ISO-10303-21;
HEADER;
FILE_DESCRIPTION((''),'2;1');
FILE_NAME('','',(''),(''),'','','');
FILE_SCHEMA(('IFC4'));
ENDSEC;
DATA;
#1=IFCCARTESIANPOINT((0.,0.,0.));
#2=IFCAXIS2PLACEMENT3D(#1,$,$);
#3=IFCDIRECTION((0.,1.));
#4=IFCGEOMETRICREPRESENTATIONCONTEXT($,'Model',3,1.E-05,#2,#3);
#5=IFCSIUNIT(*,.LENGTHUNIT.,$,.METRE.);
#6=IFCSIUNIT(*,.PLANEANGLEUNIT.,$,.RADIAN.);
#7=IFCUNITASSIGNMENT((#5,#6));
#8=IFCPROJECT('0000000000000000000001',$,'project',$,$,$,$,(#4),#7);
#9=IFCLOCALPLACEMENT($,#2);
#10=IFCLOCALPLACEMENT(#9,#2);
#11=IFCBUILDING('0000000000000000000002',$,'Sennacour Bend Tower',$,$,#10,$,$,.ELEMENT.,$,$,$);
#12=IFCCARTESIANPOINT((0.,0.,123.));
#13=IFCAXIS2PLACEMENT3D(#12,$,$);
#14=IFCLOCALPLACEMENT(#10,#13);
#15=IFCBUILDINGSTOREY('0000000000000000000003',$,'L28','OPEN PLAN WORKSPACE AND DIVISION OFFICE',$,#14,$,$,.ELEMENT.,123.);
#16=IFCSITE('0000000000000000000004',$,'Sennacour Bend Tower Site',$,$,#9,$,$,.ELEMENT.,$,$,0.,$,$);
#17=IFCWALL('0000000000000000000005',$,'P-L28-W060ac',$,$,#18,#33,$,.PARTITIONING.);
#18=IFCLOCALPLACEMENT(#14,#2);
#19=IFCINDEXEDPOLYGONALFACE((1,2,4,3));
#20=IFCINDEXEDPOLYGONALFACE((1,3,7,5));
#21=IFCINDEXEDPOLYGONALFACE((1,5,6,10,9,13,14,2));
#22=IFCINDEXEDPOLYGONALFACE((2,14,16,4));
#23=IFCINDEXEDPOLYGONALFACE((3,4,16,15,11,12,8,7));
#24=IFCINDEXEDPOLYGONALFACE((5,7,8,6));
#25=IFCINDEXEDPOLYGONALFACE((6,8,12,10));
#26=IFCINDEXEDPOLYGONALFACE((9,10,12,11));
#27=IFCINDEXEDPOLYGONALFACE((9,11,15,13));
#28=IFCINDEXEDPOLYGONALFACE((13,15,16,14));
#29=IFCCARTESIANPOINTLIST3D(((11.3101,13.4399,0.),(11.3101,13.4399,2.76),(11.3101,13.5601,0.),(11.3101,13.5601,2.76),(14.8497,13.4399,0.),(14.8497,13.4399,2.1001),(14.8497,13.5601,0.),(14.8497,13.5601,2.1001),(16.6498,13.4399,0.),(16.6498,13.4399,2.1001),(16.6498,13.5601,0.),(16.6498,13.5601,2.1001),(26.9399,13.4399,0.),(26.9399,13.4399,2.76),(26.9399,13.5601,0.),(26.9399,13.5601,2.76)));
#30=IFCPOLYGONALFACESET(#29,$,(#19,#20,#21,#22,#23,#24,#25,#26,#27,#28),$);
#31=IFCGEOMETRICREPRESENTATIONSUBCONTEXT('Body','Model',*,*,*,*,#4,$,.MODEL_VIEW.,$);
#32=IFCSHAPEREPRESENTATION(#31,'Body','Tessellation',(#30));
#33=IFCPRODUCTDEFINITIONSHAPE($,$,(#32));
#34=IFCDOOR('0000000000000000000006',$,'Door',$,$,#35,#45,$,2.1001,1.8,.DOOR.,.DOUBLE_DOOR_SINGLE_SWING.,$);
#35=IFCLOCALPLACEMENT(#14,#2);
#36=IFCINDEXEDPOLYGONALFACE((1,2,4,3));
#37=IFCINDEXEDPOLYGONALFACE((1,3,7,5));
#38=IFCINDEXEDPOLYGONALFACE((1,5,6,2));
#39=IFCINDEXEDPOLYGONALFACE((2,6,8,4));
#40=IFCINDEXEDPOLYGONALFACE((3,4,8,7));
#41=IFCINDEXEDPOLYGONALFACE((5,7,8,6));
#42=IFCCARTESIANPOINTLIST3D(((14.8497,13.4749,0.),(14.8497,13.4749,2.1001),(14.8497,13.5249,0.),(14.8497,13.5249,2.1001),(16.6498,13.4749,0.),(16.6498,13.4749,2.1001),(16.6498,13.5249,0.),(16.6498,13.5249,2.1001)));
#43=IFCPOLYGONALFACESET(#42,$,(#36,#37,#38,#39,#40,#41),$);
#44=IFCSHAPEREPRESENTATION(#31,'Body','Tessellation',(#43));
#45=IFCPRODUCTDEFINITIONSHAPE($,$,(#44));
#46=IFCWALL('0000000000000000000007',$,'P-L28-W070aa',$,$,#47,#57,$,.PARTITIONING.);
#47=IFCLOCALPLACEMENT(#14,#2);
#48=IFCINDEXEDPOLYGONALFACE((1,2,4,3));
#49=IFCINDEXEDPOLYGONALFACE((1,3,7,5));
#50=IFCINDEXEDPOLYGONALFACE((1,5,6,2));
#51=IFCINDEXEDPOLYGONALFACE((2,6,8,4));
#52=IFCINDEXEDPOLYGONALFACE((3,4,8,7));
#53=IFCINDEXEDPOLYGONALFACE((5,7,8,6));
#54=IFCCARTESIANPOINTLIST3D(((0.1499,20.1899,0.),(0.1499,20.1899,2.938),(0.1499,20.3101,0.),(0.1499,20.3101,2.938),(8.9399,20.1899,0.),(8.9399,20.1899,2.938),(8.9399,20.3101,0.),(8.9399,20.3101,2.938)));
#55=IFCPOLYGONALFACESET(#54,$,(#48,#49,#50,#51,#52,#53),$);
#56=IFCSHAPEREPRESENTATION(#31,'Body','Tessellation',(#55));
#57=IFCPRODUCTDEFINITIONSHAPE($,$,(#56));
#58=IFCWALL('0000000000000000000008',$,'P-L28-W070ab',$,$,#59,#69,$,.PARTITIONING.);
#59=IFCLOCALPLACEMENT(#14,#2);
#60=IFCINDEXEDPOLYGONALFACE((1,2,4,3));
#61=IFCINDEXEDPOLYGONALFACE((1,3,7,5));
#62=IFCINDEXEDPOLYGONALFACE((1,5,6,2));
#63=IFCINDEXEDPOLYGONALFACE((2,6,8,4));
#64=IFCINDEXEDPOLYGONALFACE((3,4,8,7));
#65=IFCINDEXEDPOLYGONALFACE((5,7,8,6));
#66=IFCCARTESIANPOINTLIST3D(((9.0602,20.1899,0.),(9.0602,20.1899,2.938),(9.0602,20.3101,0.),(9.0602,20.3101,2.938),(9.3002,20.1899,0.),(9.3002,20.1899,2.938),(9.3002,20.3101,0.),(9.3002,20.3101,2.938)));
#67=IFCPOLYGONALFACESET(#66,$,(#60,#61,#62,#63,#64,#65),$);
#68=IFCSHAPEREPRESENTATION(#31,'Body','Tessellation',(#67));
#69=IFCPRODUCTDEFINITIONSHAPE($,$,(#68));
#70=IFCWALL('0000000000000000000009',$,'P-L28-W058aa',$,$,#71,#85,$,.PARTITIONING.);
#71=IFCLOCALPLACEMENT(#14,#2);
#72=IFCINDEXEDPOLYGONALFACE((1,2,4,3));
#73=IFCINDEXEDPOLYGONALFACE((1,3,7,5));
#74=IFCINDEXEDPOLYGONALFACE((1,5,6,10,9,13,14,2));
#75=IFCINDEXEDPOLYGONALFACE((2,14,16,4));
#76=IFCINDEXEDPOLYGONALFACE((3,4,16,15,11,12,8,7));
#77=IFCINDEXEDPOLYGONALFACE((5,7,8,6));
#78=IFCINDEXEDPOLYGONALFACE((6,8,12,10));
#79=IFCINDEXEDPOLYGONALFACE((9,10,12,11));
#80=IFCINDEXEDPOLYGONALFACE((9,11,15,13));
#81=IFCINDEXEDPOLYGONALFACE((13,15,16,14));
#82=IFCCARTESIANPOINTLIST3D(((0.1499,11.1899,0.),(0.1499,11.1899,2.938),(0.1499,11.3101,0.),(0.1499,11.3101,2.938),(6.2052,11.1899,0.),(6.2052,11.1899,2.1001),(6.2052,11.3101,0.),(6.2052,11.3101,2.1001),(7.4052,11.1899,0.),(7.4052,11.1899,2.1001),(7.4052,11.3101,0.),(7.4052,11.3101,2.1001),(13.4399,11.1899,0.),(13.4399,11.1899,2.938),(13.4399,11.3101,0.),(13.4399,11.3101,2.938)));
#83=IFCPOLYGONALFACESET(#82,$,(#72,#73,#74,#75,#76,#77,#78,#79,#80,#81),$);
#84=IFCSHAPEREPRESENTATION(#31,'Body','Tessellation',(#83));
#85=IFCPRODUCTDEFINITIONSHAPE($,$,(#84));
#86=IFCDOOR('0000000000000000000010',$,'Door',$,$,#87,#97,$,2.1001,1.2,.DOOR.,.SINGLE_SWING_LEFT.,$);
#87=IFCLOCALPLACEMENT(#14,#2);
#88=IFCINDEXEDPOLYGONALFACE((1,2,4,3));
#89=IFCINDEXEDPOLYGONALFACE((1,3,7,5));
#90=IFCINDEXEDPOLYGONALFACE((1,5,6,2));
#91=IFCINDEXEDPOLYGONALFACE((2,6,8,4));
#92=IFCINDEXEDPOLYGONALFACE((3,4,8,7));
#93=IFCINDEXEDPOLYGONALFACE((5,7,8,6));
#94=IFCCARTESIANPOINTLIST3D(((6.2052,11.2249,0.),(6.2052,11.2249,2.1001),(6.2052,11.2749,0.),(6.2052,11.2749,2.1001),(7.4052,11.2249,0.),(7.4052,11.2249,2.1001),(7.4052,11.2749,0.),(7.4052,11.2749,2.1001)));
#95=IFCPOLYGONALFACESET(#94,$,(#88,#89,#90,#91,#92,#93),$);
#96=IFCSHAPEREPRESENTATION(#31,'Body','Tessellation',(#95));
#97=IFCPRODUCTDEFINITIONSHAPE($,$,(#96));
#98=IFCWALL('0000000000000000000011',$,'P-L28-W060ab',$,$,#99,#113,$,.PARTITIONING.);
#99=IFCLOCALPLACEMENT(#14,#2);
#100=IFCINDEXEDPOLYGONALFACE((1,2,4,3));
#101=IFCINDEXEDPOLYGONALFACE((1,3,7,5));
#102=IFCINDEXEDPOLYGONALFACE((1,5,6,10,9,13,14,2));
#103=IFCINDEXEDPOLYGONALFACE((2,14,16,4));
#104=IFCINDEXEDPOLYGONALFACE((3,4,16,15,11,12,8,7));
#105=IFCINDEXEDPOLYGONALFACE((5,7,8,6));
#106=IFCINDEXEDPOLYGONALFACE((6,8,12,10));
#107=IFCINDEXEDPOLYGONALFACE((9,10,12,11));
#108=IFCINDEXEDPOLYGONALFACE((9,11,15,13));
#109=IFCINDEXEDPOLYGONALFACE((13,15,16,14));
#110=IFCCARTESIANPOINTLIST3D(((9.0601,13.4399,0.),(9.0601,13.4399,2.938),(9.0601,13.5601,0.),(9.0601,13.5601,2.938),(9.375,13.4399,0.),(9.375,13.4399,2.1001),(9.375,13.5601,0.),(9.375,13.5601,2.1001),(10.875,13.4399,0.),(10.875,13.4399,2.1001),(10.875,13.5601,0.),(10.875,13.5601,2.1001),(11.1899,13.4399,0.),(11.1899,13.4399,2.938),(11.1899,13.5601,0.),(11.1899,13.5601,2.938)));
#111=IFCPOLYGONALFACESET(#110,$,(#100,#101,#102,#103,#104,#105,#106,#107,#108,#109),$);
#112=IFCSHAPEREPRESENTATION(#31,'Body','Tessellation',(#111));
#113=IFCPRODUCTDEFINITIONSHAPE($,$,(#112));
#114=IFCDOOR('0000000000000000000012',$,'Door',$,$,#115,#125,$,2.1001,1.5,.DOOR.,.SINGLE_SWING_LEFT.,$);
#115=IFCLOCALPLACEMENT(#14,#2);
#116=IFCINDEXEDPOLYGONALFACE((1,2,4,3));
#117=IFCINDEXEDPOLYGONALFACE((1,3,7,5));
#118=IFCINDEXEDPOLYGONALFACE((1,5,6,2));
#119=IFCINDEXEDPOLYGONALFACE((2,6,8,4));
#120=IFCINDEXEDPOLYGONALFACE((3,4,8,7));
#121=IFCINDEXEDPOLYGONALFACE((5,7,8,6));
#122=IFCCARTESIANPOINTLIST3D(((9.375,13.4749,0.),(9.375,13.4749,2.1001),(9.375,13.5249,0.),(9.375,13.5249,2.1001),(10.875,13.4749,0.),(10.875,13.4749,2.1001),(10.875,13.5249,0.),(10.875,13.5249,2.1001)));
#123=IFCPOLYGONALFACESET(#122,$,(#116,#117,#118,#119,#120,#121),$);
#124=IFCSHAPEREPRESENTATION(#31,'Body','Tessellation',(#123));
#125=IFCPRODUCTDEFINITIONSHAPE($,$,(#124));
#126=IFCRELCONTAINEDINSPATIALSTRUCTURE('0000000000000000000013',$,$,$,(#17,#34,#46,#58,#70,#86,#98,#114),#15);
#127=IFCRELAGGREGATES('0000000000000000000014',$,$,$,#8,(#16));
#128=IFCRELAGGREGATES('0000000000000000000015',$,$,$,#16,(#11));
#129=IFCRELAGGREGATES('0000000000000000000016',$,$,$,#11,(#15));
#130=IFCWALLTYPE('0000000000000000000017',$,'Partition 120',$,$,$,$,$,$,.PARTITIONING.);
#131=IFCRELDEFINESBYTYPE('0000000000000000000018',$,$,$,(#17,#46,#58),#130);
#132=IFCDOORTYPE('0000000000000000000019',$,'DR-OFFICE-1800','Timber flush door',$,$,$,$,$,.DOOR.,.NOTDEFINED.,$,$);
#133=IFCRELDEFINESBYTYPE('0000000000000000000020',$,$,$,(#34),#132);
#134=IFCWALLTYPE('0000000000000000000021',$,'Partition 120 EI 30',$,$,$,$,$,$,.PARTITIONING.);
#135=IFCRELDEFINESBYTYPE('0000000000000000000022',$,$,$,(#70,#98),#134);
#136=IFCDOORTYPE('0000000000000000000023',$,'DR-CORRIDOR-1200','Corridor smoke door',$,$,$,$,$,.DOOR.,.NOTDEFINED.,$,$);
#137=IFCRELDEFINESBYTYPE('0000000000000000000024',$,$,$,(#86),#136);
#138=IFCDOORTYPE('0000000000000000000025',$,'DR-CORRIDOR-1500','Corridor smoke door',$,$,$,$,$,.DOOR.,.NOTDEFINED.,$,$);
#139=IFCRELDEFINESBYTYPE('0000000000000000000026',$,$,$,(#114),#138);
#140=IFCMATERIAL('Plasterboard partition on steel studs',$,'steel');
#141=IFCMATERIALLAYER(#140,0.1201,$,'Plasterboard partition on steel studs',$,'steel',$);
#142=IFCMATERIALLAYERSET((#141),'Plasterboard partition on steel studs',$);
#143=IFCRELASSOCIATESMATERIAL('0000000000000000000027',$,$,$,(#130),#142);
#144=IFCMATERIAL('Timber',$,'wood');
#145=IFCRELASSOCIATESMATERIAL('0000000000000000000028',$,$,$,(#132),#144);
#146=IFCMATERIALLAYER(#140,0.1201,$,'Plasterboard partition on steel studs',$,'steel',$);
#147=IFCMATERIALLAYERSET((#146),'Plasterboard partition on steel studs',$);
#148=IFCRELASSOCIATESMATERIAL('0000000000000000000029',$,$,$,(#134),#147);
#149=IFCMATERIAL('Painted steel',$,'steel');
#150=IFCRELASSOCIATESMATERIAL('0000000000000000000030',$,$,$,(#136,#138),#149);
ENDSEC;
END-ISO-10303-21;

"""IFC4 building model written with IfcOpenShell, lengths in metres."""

from ifc_helpers import new_model, si_unit, direction, frame, frame_2d, origin, place, context, subcontext, project, spatial, rectangle, extrude, material, layer, layer_set, type_object, element, fill, save


model = new_model("IFC4")

# Units and contexts
model_context = context("Model", 3, precision=1e-05, world=origin(), true_north=direction((0.0, 1.0)))
body_context = subcontext(model_context, "Body", "Model", "MODEL_VIEW")
ifc_project = project(units=[si_unit("LENGTHUNIT", "METRE"), si_unit("PLANEANGLEUNIT", "RADIAN")], contexts=[model_context])

# Site, building, storey
site_placement = place(None, origin())
site = spatial("IfcSite", under=ifc_project, at=site_placement, Name="Sennacour Bend Tower Site", CompositionType="ELEMENT", RefElevation=0.0)
building_placement = place(site_placement, origin())
building = spatial("IfcBuilding", under=site, at=building_placement, Name="Sennacour Bend Tower", CompositionType="ELEMENT")
storey_placement = place(building_placement, frame((0.0, 0.0, 123.0)))
storey = spatial("IfcBuildingStorey", under=building, at=storey_placement, Name="L28", Description="OPEN PLAN WORKSPACE AND DIVISION OFFICE", CompositionType="ELEMENT", Elevation=123.0)

# Shared definitions
ifc_material_1 = material(Name="Plasterboard partition on steel studs", Category="steel")
ifc_layer_1 = layer(ifc_material_1, 0.1201, Name="Plasterboard partition on steel studs", Category="steel")
ifc_layer_set_1 = layer_set([ifc_layer_1], Name="Plasterboard partition on steel studs")
wall_type_1 = type_object("IfcWallType", Name="Partition 120", PredefinedType="PARTITIONING", material=ifc_layer_set_1)
ifc_material_2 = material(Name="Timber", Category="wood")

# Wall, opening, door
wall_1_placement = place(storey_placement, frame((11.3101, 13.5, 0.0), z_axis=(0.0, 0.0, 1.0), x_axis=(1.0, 0.0, 0.0)))
wall_1 = element("IfcWall", 1, at=wall_1_placement, inside=storey, type_object=wall_type_1, Name="P-L28-W060ac", PredefinedType="PARTITIONING", context=body_context, shape_type="SweptSolid", body=[
    extrude(rectangle(XDim=15.6299, YDim=0.1201, at=frame_2d((7.8149, 0.0))), origin(), (0.0, 0.0, 1.0), 2.76),
])
opening_1_placement = place(wall_1_placement, frame((3.5398, 0.0, 0.0)))
opening_1 = element("IfcOpeningElement", 2, at=opening_1_placement, cuts=wall_1, PredefinedType="OPENING", context=body_context, shape_type="SweptSolid", body=[
    extrude(rectangle(XDim=1.8, YDim=2.1001, at=frame_2d((0.8999, 1.05))), frame((0.0, 0.0701, 0.0), z_axis=(0.0, -1.0, 0.0), x_axis=(1.0, 0.0, 0.0)), (0.0, 0.0, 1.0), 0.1401),
])
door_type_1 = type_object("IfcDoorType", Name="DR-OFFICE-1800", Description="Timber flush door", OperationType="NOTDEFINED", PredefinedType="DOOR", material=ifc_material_2)
door_1_placement = place(opening_1_placement, origin())
door_1 = element("IfcDoor", 3, at=door_1_placement, inside=storey, type_object=door_type_1, Name="Door", OperationType="DOUBLE_DOOR_SINGLE_SWING", OverallHeight=2.1001, OverallWidth=1.8, PredefinedType="DOOR", context=body_context, shape_type="SweptSolid", body=[
    extrude(rectangle(XDim=1.8, YDim=2.1001, at=frame_2d((0.8999, 1.05))), frame((0.0, 0.0249, 0.0), z_axis=(0.0, -1.0, 0.0), x_axis=(1.0, 0.0, 0.0)), (0.0, 0.0, 1.0), 0.05),
])
fill(opening_1, door_1)

# Walls
wall_2_placement = place(storey_placement, frame((0.1499, 20.25, 0.0), z_axis=(0.0, 0.0, 1.0), x_axis=(1.0, 0.0, 0.0)))
element("IfcWall", 4, at=wall_2_placement, inside=storey, type_object=wall_type_1, Name="P-L28-W070aa", PredefinedType="PARTITIONING", context=body_context, shape_type="SweptSolid", body=[
    extrude(rectangle(XDim=8.79, YDim=0.1201, at=frame_2d((4.395, 0.0))), origin(), (0.0, 0.0, 1.0), 2.938),
])
wall_3_placement = place(storey_placement, frame((9.0601, 20.25, 0.0), z_axis=(0.0, 0.0, 1.0), x_axis=(1.0, 0.0, 0.0)))
element("IfcWall", 5, at=wall_3_placement, inside=storey, type_object=wall_type_1, Name="P-L28-W070ab", PredefinedType="PARTITIONING", context=body_context, shape_type="SweptSolid", body=[
    extrude(rectangle(XDim=0.24, YDim=0.1201, at=frame_2d((0.1201, 0.0))), origin(), (0.0, 0.0, 1.0), 2.938),
])

# Walls, openings, doors
ifc_layer_2 = layer(ifc_material_1, 0.1201, Name="Plasterboard partition on steel studs", Category="steel")
ifc_layer_set_2 = layer_set([ifc_layer_2], Name="Plasterboard partition on steel studs")
wall_type_2 = type_object("IfcWallType", Name="Partition 120 EI 30", PredefinedType="PARTITIONING", material=ifc_layer_set_2)
wall_4_placement = place(storey_placement, frame((0.1499, 11.25, 0.0), z_axis=(0.0, 0.0, 1.0), x_axis=(1.0, 0.0, 0.0)))
wall_4 = element("IfcWall", 6, at=wall_4_placement, inside=storey, type_object=wall_type_2, Name="P-L28-W058aa", PredefinedType="PARTITIONING", context=body_context, shape_type="SweptSolid", body=[
    extrude(rectangle(XDim=13.29, YDim=0.1201, at=frame_2d((6.645, 0.0))), origin(), (0.0, 0.0, 1.0), 2.938),
])
opening_2_placement = place(wall_4_placement, frame((6.0552, 0.0, 0.0)))
opening_2 = element("IfcOpeningElement", 7, at=opening_2_placement, cuts=wall_4, PredefinedType="OPENING", context=body_context, shape_type="SweptSolid", body=[
    extrude(rectangle(XDim=1.2, YDim=2.1001, at=frame_2d((0.6001, 1.05))), frame((0.0, 0.0701, 0.0), z_axis=(0.0, -1.0, 0.0), x_axis=(1.0, 0.0, 0.0)), (0.0, 0.0, 1.0), 0.1401),
])
ifc_material_3 = material(Name="Painted steel", Category="steel")
door_type_2 = type_object("IfcDoorType", Name="DR-CORRIDOR-1200", Description="Corridor smoke door", OperationType="NOTDEFINED", PredefinedType="DOOR", material=ifc_material_3)
door_2_placement = place(opening_2_placement, origin())
door_2 = element("IfcDoor", 8, at=door_2_placement, inside=storey, type_object=door_type_2, Name="Door", OperationType="SINGLE_SWING_LEFT", OverallHeight=2.1001, OverallWidth=1.2, PredefinedType="DOOR", context=body_context, shape_type="SweptSolid", body=[
    extrude(rectangle(XDim=1.2, YDim=2.1001, at=frame_2d((0.6001, 1.05))), frame((0.0, 0.0249, 0.0), z_axis=(0.0, -1.0, 0.0), x_axis=(1.0, 0.0, 0.0)), (0.0, 0.0, 1.0), 0.05),
])
fill(opening_2, door_2)
wall_5_placement = place(storey_placement, frame((9.0601, 13.5, 0.0), z_axis=(0.0, 0.0, 1.0), x_axis=(1.0, 0.0, 0.0)))
wall_5 = element("IfcWall", 9, at=wall_5_placement, inside=storey, type_object=wall_type_2, Name="P-L28-W060ab", PredefinedType="PARTITIONING", context=body_context, shape_type="SweptSolid", body=[
    extrude(rectangle(XDim=2.1299, YDim=0.1201, at=frame_2d((1.0649, 0.0))), origin(), (0.0, 0.0, 1.0), 2.938),
])
opening_3_placement = place(wall_5_placement, frame((0.3149, 0.0, 0.0)))
opening_3 = element("IfcOpeningElement", 10, at=opening_3_placement, cuts=wall_5, PredefinedType="OPENING", context=body_context, shape_type="SweptSolid", body=[
    extrude(rectangle(XDim=1.5, YDim=2.1001, at=frame_2d((0.75, 1.05))), frame((0.0, 0.0701, 0.0), z_axis=(0.0, -1.0, 0.0), x_axis=(1.0, 0.0, 0.0)), (0.0, 0.0, 1.0), 0.1401),
])
door_type_3 = type_object("IfcDoorType", Name="DR-CORRIDOR-1500", Description="Corridor smoke door", OperationType="NOTDEFINED", PredefinedType="DOOR", material=ifc_material_3)
door_3_placement = place(opening_3_placement, origin())
door_3 = element("IfcDoor", 11, at=door_3_placement, inside=storey, type_object=door_type_3, Name="Door", OperationType="SINGLE_SWING_LEFT", OverallHeight=2.1001, OverallWidth=1.5, PredefinedType="DOOR", context=body_context, shape_type="SweptSolid", body=[
    extrude(rectangle(XDim=1.5, YDim=2.1001, at=frame_2d((0.75, 1.05))), frame((0.0, 0.0249, 0.0), z_axis=(0.0, -1.0, 0.0), x_axis=(1.0, 0.0, 0.0)), (0.0, 0.0, 1.0), 0.05),
])
fill(opening_3, door_3)

save(model, "model.ifc")
